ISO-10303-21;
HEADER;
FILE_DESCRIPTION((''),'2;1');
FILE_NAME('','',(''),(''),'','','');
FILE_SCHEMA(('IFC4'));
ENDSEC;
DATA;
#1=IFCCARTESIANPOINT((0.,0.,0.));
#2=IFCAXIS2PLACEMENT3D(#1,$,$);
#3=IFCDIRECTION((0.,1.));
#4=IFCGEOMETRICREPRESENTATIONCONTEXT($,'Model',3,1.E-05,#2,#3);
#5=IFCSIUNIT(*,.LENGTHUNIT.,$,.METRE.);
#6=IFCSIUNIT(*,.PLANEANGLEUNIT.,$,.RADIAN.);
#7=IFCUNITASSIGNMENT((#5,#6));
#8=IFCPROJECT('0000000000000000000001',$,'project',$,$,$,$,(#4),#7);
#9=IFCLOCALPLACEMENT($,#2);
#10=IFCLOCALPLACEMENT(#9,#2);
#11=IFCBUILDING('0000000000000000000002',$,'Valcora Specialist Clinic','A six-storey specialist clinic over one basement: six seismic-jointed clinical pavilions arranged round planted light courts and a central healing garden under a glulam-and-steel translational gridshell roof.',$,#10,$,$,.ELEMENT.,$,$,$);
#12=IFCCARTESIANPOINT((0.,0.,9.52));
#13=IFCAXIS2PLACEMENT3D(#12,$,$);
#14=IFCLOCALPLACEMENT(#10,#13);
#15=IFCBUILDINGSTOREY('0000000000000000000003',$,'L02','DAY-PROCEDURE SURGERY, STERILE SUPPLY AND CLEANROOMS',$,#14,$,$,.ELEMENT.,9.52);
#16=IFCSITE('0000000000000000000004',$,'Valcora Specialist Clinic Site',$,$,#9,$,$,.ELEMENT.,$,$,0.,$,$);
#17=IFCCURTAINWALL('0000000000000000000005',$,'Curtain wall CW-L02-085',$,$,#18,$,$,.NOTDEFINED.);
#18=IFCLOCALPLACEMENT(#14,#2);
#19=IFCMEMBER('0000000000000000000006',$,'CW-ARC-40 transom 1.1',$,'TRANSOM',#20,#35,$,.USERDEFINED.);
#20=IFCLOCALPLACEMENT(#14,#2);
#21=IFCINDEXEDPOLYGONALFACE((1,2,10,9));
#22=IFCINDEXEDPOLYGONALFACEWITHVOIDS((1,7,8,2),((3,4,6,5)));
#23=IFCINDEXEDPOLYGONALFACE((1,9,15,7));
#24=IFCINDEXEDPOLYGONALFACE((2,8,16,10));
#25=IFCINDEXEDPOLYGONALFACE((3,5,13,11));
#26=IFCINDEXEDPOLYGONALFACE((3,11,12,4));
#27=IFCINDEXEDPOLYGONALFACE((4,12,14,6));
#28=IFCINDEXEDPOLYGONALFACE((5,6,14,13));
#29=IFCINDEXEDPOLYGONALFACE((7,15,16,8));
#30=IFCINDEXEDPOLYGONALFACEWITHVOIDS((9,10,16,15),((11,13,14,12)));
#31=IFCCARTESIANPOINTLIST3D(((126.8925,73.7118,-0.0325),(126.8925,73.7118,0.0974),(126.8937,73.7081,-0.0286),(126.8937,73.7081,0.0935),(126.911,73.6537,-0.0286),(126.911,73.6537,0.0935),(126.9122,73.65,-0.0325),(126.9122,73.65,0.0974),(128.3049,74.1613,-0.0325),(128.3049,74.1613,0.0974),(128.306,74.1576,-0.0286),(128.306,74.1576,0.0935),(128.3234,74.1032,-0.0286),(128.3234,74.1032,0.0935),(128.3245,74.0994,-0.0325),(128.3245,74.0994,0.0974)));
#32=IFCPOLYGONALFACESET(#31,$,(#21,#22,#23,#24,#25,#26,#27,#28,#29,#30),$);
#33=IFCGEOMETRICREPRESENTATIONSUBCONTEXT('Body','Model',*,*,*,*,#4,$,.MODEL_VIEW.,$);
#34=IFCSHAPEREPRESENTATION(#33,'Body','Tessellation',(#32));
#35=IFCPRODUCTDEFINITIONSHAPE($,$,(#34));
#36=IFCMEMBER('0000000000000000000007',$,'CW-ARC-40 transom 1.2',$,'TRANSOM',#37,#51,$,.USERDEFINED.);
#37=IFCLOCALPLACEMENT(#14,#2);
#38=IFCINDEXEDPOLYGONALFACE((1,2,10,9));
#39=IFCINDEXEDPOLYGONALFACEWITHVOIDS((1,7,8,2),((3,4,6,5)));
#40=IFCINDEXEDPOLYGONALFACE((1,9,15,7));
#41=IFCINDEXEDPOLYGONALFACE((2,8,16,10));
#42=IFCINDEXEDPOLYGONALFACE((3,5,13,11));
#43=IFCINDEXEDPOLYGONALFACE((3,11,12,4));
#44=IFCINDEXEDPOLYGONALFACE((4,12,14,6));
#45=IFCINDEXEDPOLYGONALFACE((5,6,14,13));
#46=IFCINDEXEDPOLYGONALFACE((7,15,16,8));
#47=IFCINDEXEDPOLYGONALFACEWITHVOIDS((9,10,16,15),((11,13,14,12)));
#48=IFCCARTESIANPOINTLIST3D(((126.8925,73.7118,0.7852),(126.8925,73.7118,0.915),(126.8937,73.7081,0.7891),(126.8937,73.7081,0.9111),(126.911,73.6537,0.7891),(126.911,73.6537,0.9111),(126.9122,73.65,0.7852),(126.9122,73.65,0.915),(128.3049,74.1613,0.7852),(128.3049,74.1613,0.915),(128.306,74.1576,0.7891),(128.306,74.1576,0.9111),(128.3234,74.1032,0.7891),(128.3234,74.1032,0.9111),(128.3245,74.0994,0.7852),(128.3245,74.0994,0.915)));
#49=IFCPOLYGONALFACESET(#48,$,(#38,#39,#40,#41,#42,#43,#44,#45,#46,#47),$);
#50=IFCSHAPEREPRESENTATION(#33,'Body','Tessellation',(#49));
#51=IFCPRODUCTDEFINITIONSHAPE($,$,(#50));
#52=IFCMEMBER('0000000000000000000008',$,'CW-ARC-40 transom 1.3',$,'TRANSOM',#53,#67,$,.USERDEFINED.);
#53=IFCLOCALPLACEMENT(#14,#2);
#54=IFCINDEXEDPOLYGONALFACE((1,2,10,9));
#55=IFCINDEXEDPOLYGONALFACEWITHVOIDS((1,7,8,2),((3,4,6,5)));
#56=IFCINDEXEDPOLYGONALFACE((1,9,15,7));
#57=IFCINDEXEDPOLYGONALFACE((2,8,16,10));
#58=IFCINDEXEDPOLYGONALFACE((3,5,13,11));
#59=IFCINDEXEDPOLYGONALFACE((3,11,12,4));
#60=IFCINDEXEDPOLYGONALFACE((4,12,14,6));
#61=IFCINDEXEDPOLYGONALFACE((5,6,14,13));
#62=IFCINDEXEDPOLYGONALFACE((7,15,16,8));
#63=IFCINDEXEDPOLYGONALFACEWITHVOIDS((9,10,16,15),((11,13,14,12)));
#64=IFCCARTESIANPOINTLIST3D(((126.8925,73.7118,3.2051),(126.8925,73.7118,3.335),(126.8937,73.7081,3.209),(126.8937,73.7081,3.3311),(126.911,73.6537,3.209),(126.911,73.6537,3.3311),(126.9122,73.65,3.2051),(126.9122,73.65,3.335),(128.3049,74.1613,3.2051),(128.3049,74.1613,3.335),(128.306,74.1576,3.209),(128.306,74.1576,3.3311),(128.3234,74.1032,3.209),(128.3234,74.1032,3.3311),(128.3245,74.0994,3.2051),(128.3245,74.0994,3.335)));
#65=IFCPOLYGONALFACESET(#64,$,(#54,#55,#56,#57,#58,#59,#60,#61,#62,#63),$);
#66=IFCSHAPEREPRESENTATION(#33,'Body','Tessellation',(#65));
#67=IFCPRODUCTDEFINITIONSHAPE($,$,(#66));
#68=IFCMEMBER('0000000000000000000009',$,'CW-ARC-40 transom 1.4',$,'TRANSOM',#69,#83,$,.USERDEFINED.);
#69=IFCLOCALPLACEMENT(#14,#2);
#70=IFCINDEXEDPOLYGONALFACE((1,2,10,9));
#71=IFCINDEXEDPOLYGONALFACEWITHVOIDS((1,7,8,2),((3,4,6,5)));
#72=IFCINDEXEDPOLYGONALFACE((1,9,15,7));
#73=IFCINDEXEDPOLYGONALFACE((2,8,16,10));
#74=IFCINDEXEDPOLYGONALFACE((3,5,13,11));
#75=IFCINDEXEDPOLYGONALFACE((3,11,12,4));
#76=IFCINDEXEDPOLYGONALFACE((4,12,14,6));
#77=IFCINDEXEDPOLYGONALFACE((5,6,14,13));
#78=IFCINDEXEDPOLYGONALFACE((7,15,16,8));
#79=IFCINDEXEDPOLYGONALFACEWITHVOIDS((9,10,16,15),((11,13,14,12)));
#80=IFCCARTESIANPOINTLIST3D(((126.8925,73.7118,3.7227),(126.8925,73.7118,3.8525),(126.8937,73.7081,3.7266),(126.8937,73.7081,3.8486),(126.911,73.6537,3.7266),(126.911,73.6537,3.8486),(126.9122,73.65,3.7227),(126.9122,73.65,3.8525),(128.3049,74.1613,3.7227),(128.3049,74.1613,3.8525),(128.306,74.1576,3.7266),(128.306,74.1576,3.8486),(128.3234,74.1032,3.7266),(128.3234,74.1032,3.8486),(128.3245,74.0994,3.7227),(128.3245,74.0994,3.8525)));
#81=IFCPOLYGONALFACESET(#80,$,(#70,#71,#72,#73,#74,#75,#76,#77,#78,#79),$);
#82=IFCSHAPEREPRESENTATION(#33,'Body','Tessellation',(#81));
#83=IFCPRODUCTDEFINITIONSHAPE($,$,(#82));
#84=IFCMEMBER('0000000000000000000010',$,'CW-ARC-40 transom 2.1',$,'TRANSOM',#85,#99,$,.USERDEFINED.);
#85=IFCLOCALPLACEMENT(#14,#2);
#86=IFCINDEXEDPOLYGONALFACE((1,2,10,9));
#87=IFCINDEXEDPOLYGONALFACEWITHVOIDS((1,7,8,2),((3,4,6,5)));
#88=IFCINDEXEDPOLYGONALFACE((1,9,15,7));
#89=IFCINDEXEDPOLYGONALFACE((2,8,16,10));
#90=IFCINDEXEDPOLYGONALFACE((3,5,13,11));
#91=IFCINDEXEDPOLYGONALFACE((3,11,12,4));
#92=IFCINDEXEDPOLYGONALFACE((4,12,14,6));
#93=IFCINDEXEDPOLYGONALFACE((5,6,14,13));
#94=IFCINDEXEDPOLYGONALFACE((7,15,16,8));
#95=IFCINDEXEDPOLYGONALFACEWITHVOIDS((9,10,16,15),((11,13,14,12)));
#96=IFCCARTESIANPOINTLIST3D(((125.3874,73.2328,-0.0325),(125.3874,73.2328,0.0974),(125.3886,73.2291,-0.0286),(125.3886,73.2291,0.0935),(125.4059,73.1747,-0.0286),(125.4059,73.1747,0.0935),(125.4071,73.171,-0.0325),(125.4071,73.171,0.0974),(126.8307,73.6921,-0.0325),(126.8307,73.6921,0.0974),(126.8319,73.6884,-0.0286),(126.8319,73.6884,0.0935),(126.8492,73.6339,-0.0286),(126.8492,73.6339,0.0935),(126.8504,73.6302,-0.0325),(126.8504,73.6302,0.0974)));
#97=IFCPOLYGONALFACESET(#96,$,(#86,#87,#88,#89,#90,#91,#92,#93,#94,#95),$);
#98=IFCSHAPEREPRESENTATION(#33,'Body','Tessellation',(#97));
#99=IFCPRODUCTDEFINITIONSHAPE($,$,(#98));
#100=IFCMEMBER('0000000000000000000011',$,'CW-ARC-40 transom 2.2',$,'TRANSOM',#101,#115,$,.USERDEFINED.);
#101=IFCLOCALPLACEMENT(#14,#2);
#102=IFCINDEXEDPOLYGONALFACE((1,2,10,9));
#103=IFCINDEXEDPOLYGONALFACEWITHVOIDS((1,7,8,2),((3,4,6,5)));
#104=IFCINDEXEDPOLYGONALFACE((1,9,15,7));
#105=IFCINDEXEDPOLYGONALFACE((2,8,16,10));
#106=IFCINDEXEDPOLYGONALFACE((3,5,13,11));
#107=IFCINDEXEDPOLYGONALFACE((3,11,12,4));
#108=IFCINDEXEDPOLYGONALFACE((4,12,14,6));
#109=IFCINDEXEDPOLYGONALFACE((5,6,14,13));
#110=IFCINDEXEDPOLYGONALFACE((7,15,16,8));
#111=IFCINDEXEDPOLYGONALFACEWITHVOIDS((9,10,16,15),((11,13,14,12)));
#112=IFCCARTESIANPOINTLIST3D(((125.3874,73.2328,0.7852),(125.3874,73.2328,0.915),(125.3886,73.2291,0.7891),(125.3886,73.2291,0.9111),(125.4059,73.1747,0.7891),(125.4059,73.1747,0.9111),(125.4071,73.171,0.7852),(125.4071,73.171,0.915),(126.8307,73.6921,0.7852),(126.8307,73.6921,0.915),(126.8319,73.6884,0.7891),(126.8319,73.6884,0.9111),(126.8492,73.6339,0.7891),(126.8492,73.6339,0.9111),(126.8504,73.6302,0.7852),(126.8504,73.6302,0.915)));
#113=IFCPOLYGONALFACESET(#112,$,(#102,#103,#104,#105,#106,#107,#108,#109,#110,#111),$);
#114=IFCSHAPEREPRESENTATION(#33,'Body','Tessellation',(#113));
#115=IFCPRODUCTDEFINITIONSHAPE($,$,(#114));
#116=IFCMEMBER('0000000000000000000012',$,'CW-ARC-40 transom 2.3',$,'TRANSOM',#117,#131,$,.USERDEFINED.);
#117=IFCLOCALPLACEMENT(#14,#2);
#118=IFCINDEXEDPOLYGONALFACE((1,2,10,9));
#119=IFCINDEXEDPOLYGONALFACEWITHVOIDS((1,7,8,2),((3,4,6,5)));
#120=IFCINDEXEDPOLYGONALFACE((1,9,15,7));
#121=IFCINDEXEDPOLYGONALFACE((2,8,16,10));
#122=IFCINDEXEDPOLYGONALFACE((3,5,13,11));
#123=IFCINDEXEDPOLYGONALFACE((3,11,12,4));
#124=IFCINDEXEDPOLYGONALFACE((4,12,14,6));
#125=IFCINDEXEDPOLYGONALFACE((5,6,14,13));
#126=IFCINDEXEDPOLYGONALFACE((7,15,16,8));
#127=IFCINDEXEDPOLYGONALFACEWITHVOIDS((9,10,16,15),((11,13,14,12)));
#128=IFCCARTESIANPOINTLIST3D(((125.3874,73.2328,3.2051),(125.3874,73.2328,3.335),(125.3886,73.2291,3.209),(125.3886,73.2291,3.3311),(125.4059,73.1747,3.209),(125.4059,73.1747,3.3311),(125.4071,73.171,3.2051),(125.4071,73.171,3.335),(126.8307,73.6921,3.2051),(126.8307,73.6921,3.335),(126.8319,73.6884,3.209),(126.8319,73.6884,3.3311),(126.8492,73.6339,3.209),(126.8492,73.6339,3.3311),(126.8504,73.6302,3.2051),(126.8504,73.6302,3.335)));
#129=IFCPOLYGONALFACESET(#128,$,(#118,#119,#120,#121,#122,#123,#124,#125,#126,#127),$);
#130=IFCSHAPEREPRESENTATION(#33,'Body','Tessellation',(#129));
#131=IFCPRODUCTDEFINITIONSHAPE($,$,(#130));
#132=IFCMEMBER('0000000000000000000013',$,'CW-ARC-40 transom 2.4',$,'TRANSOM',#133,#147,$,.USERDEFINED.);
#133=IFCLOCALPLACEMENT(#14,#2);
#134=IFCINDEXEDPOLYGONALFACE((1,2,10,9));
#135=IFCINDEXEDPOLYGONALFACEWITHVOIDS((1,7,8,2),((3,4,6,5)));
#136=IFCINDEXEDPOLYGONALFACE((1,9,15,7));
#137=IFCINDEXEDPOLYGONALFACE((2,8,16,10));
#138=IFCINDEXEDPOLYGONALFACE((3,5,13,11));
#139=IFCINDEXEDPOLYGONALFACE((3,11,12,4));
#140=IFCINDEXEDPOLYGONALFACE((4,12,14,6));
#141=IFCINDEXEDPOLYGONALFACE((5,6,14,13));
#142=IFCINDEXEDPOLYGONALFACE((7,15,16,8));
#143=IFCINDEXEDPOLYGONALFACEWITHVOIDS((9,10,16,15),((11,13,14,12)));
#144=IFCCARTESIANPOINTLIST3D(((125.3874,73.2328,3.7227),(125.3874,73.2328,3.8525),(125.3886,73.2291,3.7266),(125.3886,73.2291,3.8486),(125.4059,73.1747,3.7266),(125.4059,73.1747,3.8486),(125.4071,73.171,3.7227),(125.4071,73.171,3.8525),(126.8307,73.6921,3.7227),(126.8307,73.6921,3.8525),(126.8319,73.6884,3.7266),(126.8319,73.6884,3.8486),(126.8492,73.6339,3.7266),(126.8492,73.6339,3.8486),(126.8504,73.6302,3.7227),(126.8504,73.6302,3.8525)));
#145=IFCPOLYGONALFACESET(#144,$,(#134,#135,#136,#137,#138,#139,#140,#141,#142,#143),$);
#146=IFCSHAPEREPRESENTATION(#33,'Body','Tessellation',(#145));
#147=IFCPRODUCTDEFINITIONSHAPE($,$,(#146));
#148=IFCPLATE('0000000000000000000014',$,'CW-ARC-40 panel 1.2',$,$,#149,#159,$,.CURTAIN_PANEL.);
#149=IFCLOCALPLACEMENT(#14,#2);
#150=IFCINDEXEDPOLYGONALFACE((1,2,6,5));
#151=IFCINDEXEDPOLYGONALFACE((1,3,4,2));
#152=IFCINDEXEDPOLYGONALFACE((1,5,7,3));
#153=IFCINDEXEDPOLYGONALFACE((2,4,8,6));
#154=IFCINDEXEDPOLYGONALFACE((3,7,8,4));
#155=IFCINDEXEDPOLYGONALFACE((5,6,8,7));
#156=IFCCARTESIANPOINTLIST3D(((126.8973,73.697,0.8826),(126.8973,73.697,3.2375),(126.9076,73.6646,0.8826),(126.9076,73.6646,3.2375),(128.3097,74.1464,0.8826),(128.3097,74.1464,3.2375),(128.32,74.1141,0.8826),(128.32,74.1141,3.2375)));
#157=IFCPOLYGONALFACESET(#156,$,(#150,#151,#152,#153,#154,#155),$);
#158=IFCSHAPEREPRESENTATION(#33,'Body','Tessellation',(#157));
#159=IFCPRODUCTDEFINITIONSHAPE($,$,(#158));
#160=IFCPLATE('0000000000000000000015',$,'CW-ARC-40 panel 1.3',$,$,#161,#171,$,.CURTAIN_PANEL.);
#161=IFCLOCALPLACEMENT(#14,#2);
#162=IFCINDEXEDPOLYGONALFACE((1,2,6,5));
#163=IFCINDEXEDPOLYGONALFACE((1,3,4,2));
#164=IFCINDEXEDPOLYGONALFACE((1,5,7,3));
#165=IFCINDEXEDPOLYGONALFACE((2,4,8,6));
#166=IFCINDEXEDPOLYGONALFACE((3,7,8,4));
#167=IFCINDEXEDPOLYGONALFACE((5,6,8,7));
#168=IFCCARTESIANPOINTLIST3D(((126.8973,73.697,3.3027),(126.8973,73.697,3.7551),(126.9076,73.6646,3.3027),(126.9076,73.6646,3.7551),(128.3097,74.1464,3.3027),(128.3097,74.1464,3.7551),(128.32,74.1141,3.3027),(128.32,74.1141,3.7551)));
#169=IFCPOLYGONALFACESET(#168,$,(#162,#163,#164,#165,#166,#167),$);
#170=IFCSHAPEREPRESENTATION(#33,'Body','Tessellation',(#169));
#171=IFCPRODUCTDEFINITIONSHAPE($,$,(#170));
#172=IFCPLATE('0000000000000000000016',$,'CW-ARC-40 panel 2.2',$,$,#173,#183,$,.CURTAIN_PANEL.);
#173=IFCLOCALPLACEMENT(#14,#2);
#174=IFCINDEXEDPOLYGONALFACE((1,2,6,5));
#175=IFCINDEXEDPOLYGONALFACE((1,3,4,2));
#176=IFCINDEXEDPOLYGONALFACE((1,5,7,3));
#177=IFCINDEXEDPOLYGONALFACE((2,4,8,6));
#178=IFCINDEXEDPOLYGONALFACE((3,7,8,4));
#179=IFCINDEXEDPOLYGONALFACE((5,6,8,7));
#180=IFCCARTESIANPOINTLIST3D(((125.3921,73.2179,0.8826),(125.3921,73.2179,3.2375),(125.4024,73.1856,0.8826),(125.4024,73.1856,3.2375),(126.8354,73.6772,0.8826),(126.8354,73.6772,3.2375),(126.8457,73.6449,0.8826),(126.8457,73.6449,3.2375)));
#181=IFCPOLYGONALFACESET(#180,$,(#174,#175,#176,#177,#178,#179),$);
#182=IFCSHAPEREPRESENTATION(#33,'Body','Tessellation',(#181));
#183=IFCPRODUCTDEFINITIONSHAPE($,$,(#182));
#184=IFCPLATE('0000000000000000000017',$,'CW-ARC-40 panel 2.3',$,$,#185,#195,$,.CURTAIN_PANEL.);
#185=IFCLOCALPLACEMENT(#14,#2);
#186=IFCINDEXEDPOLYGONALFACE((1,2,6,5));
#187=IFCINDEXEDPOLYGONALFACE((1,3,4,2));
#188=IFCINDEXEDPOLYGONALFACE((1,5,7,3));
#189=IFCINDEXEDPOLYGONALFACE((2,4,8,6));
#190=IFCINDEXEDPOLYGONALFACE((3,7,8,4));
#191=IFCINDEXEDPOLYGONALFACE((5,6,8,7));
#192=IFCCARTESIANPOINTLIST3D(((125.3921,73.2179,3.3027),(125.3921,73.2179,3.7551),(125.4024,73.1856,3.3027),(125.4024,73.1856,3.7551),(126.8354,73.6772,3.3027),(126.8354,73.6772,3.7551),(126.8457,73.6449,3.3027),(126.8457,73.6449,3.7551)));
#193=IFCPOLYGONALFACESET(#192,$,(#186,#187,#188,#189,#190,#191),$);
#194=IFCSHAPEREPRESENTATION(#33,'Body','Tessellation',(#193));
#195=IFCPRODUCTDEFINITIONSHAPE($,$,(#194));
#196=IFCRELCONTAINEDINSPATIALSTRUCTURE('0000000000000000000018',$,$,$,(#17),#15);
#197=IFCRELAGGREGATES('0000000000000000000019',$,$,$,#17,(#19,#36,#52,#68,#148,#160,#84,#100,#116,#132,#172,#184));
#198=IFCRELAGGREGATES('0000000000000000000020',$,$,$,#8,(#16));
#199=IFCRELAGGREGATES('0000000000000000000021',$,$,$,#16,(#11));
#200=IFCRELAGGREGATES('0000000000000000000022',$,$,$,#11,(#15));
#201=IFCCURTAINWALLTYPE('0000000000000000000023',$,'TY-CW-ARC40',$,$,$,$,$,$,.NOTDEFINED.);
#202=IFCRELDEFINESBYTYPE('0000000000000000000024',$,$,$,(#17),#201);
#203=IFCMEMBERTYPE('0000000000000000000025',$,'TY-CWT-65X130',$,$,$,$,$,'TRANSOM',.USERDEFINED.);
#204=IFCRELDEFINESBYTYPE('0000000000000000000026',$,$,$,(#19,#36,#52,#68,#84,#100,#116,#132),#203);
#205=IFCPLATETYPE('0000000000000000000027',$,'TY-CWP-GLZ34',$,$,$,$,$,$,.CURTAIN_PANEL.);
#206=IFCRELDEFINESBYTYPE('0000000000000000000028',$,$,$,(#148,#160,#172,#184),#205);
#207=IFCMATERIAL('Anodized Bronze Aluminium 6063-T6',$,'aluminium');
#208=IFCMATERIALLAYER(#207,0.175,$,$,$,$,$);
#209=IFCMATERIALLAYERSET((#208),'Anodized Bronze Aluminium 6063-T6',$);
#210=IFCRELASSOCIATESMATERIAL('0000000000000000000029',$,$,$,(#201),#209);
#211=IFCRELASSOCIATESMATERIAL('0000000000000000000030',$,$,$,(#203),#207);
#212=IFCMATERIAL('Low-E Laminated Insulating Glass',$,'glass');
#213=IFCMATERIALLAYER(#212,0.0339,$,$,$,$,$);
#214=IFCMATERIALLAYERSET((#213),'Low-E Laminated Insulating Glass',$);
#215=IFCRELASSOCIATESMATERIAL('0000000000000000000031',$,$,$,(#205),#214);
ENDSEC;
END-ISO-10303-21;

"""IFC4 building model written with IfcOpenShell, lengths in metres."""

from ifc_helpers import new_model, si_unit, direction, frame, origin, origin_2d, place, context, subcontext, project, spatial, rectangle, hollow_rectangle, extrude, material, layer, layer_set, material_profile, profile_set, type_object, element, aggregate, save


model = new_model("IFC4")

# Units and contexts
model_context = context("Model", 3, precision=1e-05, world=origin(), true_north=direction((0.0, 1.0)))
body_context = subcontext(model_context, "Body", "Model", "MODEL_VIEW")
ifc_project = project(units=[si_unit("LENGTHUNIT", "METRE"), si_unit("PLANEANGLEUNIT", "RADIAN")], contexts=[model_context])

# Site, building, storey
site_placement = place(None, origin())
site = spatial("IfcSite", under=ifc_project, at=site_placement, Name="Valcora Specialist Clinic Site", CompositionType="ELEMENT", RefElevation=0.0)
building_placement = place(site_placement, origin())
building = spatial("IfcBuilding", under=site, at=building_placement, Name="Valcora Specialist Clinic", Description="A six-storey specialist clinic over one basement: six seismic-jointed clinical pavilions arranged round planted light courts and a central healing garden under a glulam-and-steel translational gridshell roof.", CompositionType="ELEMENT")
storey_placement = place(building_placement, frame((0.0, 0.0, 9.52)))
storey = spatial("IfcBuildingStorey", under=building, at=storey_placement, Name="L02", Description="DAY-PROCEDURE SURGERY, STERILE SUPPLY AND CLEANROOMS", CompositionType="ELEMENT", Elevation=9.52)

# Curtain wall, members, plates
ifc_material_1 = material(Name="Anodized Bronze Aluminium 6063-T6", Category="aluminium")
ifc_layer_1 = layer(ifc_material_1, 0.175)
ifc_layer_set_1 = layer_set([ifc_layer_1], Name="Anodized Bronze Aluminium 6063-T6")
curtain_wall_type = type_object("IfcCurtainWallType", Name="TY-CW-ARC40", PredefinedType="NOTDEFINED", material=ifc_layer_set_1)
curtain_wall_placement = place(storey_placement, origin())
curtain_wall = element("IfcCurtainWall", 1, at=curtain_wall_placement, inside=storey, type_object=curtain_wall_type, Name="Curtain wall CW-L02-085", PredefinedType="NOTDEFINED")
ifc_material_profile_1 = material_profile(ifc_material_1, hollow_rectangle(XDim=0.0649, YDim=0.1299, WallThickness=0.0039, at=origin_2d()), Name="AL-TRN-65X130")
ifc_profile_set_1 = profile_set([ifc_material_profile_1], Name="Anodized Bronze Aluminium 6063-T6")
member_type_1 = type_object("IfcMemberType", Name="TY-CWT-65X130", ElementType="TRANSOM", PredefinedType="USERDEFINED", material=ifc_profile_set_1)
member_1_placement = place(storey_placement, frame((128.3147, 74.1304, 0.0325), z_axis=(-0.952911, -0.303251, 0.0), x_axis=(0.303251, -0.952911, 0.0)))
member_1 = element("IfcMember", 2, at=member_1_placement, type_object=member_type_1, Name="CW-ARC-40 transom 1.1", ObjectType="TRANSOM", PredefinedType="USERDEFINED", context=body_context, shape_type="SweptSolid", body=[
    extrude(hollow_rectangle(XDim=0.0649, YDim=0.1299, WallThickness=0.0039, at=origin_2d()), origin(), (0.0, 0.0, 1.0), 1.4822),
])
member_2_placement = place(storey_placement, frame((128.3147, 74.1304, 0.8501), z_axis=(-0.952911, -0.303251, 0.0), x_axis=(0.303251, -0.952911, 0.0)))
member_2 = element("IfcMember", 3, at=member_2_placement, type_object=member_type_1, Name="CW-ARC-40 transom 1.2", ObjectType="TRANSOM", PredefinedType="USERDEFINED", context=body_context, shape_type="SweptSolid", body=[
    extrude(hollow_rectangle(XDim=0.0649, YDim=0.1299, WallThickness=0.0039, at=origin_2d()), origin(), (0.0, 0.0, 1.0), 1.4822),
])
member_3_placement = place(storey_placement, frame((128.3147, 74.1304, 3.27), z_axis=(-0.952911, -0.303251, 0.0), x_axis=(0.303251, -0.952911, 0.0)))
member_3 = element("IfcMember", 4, at=member_3_placement, type_object=member_type_1, Name="CW-ARC-40 transom 1.3", ObjectType="TRANSOM", PredefinedType="USERDEFINED", context=body_context, shape_type="SweptSolid", body=[
    extrude(hollow_rectangle(XDim=0.0649, YDim=0.1299, WallThickness=0.0039, at=origin_2d()), origin(), (0.0, 0.0, 1.0), 1.4822),
])
member_4_placement = place(storey_placement, frame((128.3147, 74.1304, 3.7876), z_axis=(-0.952911, -0.303251, 0.0), x_axis=(0.303251, -0.952911, 0.0)))
member_4 = element("IfcMember", 5, at=member_4_placement, type_object=member_type_1, Name="CW-ARC-40 transom 1.4", ObjectType="TRANSOM", PredefinedType="USERDEFINED", context=body_context, shape_type="SweptSolid", body=[
    extrude(hollow_rectangle(XDim=0.0649, YDim=0.1299, WallThickness=0.0039, at=origin_2d()), origin(), (0.0, 0.0, 1.0), 1.4822),
])
member_5_placement = place(storey_placement, frame((126.8406, 73.6611, 0.0325), z_axis=(-0.95293, -0.30319, 0.0), x_axis=(0.30319, -0.95293, 0.0)))
member_5 = element("IfcMember", 6, at=member_5_placement, type_object=member_type_1, Name="CW-ARC-40 transom 2.1", ObjectType="TRANSOM", PredefinedType="USERDEFINED", context=body_context, shape_type="SweptSolid", body=[
    extrude(hollow_rectangle(XDim=0.0649, YDim=0.1299, WallThickness=0.0039, at=origin_2d()), origin(), (0.0, 0.0, 1.0), 1.5146),
])
member_6_placement = place(storey_placement, frame((126.8406, 73.6611, 0.8501), z_axis=(-0.95293, -0.30319, 0.0), x_axis=(0.30319, -0.95293, 0.0)))
member_6 = element("IfcMember", 7, at=member_6_placement, type_object=member_type_1, Name="CW-ARC-40 transom 2.2", ObjectType="TRANSOM", PredefinedType="USERDEFINED", context=body_context, shape_type="SweptSolid", body=[
    extrude(hollow_rectangle(XDim=0.0649, YDim=0.1299, WallThickness=0.0039, at=origin_2d()), origin(), (0.0, 0.0, 1.0), 1.5146),
])
member_7_placement = place(storey_placement, frame((126.8406, 73.6611, 3.27), z_axis=(-0.95293, -0.30319, 0.0), x_axis=(0.30319, -0.95293, 0.0)))
member_7 = element("IfcMember", 8, at=member_7_placement, type_object=member_type_1, Name="CW-ARC-40 transom 2.3", ObjectType="TRANSOM", PredefinedType="USERDEFINED", context=body_context, shape_type="SweptSolid", body=[
    extrude(hollow_rectangle(XDim=0.0649, YDim=0.1299, WallThickness=0.0039, at=origin_2d()), origin(), (0.0, 0.0, 1.0), 1.5146),
])
member_8_placement = place(storey_placement, frame((126.8406, 73.6611, 3.7876), z_axis=(-0.95293, -0.30319, 0.0), x_axis=(0.30319, -0.95293, 0.0)))
member_8 = element("IfcMember", 9, at=member_8_placement, type_object=member_type_1, Name="CW-ARC-40 transom 2.4", ObjectType="TRANSOM", PredefinedType="USERDEFINED", context=body_context, shape_type="SweptSolid", body=[
    extrude(hollow_rectangle(XDim=0.0649, YDim=0.1299, WallThickness=0.0039, at=origin_2d()), origin(), (0.0, 0.0, 1.0), 1.5146),
])
ifc_material_2 = material(Name="Low-E Laminated Insulating Glass", Category="glass")
ifc_layer_2 = layer(ifc_material_2, 0.0339)
ifc_layer_set_2 = layer_set([ifc_layer_2], Name="Low-E Laminated Insulating Glass")
plate_type_1 = type_object("IfcPlateType", Name="TY-CWP-GLZ34", PredefinedType="CURTAIN_PANEL", material=ifc_layer_set_2)
plate_1_placement = place(storey_placement, frame((127.6086, 73.9055, 0.8826), z_axis=(0.0, 0.0, 1.0), x_axis=(-0.952916, -0.303233, 0.0)))
plate_1 = element("IfcPlate", 10, at=plate_1_placement, type_object=plate_type_1, Name="CW-ARC-40 panel 1.2", PredefinedType="CURTAIN_PANEL", context=body_context, shape_type="SweptSolid", body=[
    extrude(rectangle(XDim=1.4822, YDim=0.0339, at=origin_2d()), origin(), (0.0, 0.0, 1.0), 2.355),
])
plate_2_placement = place(storey_placement, frame((127.6086, 73.9055, 3.3027), z_axis=(0.0, 0.0, 1.0), x_axis=(-0.952916, -0.303233, 0.0)))
plate_2 = element("IfcPlate", 11, at=plate_2_placement, type_object=plate_type_1, Name="CW-ARC-40 panel 1.3", PredefinedType="CURTAIN_PANEL", context=body_context, shape_type="SweptSolid", body=[
    extrude(rectangle(XDim=1.4822, YDim=0.0339, at=origin_2d()), origin(), (0.0, 0.0, 1.0), 0.4524),
])
plate_3_placement = place(storey_placement, frame((126.1189, 73.4314, 0.8826), z_axis=(0.0, 0.0, 1.0), x_axis=(-0.952916, -0.303233, 0.0)))
plate_3 = element("IfcPlate", 12, at=plate_3_placement, type_object=plate_type_1, Name="CW-ARC-40 panel 2.2", PredefinedType="CURTAIN_PANEL", context=body_context, shape_type="SweptSolid", body=[
    extrude(rectangle(XDim=1.5146, YDim=0.0339, at=origin_2d()), origin(), (0.0, 0.0, 1.0), 2.355),
])
plate_4_placement = place(storey_placement, frame((126.1189, 73.4314, 3.3027), z_axis=(0.0, 0.0, 1.0), x_axis=(-0.952916, -0.303233, 0.0)))
plate_4 = element("IfcPlate", 13, at=plate_4_placement, type_object=plate_type_1, Name="CW-ARC-40 panel 2.3", PredefinedType="CURTAIN_PANEL", context=body_context, shape_type="SweptSolid", body=[
    extrude(rectangle(XDim=1.5146, YDim=0.0339, at=origin_2d()), origin(), (0.0, 0.0, 1.0), 0.4524),
])
aggregate(curtain_wall, [member_1, member_2, member_3, member_4, plate_1, plate_2, member_5, member_6, member_7, member_8, plate_3, plate_4])

save(model, "model.ifc")
